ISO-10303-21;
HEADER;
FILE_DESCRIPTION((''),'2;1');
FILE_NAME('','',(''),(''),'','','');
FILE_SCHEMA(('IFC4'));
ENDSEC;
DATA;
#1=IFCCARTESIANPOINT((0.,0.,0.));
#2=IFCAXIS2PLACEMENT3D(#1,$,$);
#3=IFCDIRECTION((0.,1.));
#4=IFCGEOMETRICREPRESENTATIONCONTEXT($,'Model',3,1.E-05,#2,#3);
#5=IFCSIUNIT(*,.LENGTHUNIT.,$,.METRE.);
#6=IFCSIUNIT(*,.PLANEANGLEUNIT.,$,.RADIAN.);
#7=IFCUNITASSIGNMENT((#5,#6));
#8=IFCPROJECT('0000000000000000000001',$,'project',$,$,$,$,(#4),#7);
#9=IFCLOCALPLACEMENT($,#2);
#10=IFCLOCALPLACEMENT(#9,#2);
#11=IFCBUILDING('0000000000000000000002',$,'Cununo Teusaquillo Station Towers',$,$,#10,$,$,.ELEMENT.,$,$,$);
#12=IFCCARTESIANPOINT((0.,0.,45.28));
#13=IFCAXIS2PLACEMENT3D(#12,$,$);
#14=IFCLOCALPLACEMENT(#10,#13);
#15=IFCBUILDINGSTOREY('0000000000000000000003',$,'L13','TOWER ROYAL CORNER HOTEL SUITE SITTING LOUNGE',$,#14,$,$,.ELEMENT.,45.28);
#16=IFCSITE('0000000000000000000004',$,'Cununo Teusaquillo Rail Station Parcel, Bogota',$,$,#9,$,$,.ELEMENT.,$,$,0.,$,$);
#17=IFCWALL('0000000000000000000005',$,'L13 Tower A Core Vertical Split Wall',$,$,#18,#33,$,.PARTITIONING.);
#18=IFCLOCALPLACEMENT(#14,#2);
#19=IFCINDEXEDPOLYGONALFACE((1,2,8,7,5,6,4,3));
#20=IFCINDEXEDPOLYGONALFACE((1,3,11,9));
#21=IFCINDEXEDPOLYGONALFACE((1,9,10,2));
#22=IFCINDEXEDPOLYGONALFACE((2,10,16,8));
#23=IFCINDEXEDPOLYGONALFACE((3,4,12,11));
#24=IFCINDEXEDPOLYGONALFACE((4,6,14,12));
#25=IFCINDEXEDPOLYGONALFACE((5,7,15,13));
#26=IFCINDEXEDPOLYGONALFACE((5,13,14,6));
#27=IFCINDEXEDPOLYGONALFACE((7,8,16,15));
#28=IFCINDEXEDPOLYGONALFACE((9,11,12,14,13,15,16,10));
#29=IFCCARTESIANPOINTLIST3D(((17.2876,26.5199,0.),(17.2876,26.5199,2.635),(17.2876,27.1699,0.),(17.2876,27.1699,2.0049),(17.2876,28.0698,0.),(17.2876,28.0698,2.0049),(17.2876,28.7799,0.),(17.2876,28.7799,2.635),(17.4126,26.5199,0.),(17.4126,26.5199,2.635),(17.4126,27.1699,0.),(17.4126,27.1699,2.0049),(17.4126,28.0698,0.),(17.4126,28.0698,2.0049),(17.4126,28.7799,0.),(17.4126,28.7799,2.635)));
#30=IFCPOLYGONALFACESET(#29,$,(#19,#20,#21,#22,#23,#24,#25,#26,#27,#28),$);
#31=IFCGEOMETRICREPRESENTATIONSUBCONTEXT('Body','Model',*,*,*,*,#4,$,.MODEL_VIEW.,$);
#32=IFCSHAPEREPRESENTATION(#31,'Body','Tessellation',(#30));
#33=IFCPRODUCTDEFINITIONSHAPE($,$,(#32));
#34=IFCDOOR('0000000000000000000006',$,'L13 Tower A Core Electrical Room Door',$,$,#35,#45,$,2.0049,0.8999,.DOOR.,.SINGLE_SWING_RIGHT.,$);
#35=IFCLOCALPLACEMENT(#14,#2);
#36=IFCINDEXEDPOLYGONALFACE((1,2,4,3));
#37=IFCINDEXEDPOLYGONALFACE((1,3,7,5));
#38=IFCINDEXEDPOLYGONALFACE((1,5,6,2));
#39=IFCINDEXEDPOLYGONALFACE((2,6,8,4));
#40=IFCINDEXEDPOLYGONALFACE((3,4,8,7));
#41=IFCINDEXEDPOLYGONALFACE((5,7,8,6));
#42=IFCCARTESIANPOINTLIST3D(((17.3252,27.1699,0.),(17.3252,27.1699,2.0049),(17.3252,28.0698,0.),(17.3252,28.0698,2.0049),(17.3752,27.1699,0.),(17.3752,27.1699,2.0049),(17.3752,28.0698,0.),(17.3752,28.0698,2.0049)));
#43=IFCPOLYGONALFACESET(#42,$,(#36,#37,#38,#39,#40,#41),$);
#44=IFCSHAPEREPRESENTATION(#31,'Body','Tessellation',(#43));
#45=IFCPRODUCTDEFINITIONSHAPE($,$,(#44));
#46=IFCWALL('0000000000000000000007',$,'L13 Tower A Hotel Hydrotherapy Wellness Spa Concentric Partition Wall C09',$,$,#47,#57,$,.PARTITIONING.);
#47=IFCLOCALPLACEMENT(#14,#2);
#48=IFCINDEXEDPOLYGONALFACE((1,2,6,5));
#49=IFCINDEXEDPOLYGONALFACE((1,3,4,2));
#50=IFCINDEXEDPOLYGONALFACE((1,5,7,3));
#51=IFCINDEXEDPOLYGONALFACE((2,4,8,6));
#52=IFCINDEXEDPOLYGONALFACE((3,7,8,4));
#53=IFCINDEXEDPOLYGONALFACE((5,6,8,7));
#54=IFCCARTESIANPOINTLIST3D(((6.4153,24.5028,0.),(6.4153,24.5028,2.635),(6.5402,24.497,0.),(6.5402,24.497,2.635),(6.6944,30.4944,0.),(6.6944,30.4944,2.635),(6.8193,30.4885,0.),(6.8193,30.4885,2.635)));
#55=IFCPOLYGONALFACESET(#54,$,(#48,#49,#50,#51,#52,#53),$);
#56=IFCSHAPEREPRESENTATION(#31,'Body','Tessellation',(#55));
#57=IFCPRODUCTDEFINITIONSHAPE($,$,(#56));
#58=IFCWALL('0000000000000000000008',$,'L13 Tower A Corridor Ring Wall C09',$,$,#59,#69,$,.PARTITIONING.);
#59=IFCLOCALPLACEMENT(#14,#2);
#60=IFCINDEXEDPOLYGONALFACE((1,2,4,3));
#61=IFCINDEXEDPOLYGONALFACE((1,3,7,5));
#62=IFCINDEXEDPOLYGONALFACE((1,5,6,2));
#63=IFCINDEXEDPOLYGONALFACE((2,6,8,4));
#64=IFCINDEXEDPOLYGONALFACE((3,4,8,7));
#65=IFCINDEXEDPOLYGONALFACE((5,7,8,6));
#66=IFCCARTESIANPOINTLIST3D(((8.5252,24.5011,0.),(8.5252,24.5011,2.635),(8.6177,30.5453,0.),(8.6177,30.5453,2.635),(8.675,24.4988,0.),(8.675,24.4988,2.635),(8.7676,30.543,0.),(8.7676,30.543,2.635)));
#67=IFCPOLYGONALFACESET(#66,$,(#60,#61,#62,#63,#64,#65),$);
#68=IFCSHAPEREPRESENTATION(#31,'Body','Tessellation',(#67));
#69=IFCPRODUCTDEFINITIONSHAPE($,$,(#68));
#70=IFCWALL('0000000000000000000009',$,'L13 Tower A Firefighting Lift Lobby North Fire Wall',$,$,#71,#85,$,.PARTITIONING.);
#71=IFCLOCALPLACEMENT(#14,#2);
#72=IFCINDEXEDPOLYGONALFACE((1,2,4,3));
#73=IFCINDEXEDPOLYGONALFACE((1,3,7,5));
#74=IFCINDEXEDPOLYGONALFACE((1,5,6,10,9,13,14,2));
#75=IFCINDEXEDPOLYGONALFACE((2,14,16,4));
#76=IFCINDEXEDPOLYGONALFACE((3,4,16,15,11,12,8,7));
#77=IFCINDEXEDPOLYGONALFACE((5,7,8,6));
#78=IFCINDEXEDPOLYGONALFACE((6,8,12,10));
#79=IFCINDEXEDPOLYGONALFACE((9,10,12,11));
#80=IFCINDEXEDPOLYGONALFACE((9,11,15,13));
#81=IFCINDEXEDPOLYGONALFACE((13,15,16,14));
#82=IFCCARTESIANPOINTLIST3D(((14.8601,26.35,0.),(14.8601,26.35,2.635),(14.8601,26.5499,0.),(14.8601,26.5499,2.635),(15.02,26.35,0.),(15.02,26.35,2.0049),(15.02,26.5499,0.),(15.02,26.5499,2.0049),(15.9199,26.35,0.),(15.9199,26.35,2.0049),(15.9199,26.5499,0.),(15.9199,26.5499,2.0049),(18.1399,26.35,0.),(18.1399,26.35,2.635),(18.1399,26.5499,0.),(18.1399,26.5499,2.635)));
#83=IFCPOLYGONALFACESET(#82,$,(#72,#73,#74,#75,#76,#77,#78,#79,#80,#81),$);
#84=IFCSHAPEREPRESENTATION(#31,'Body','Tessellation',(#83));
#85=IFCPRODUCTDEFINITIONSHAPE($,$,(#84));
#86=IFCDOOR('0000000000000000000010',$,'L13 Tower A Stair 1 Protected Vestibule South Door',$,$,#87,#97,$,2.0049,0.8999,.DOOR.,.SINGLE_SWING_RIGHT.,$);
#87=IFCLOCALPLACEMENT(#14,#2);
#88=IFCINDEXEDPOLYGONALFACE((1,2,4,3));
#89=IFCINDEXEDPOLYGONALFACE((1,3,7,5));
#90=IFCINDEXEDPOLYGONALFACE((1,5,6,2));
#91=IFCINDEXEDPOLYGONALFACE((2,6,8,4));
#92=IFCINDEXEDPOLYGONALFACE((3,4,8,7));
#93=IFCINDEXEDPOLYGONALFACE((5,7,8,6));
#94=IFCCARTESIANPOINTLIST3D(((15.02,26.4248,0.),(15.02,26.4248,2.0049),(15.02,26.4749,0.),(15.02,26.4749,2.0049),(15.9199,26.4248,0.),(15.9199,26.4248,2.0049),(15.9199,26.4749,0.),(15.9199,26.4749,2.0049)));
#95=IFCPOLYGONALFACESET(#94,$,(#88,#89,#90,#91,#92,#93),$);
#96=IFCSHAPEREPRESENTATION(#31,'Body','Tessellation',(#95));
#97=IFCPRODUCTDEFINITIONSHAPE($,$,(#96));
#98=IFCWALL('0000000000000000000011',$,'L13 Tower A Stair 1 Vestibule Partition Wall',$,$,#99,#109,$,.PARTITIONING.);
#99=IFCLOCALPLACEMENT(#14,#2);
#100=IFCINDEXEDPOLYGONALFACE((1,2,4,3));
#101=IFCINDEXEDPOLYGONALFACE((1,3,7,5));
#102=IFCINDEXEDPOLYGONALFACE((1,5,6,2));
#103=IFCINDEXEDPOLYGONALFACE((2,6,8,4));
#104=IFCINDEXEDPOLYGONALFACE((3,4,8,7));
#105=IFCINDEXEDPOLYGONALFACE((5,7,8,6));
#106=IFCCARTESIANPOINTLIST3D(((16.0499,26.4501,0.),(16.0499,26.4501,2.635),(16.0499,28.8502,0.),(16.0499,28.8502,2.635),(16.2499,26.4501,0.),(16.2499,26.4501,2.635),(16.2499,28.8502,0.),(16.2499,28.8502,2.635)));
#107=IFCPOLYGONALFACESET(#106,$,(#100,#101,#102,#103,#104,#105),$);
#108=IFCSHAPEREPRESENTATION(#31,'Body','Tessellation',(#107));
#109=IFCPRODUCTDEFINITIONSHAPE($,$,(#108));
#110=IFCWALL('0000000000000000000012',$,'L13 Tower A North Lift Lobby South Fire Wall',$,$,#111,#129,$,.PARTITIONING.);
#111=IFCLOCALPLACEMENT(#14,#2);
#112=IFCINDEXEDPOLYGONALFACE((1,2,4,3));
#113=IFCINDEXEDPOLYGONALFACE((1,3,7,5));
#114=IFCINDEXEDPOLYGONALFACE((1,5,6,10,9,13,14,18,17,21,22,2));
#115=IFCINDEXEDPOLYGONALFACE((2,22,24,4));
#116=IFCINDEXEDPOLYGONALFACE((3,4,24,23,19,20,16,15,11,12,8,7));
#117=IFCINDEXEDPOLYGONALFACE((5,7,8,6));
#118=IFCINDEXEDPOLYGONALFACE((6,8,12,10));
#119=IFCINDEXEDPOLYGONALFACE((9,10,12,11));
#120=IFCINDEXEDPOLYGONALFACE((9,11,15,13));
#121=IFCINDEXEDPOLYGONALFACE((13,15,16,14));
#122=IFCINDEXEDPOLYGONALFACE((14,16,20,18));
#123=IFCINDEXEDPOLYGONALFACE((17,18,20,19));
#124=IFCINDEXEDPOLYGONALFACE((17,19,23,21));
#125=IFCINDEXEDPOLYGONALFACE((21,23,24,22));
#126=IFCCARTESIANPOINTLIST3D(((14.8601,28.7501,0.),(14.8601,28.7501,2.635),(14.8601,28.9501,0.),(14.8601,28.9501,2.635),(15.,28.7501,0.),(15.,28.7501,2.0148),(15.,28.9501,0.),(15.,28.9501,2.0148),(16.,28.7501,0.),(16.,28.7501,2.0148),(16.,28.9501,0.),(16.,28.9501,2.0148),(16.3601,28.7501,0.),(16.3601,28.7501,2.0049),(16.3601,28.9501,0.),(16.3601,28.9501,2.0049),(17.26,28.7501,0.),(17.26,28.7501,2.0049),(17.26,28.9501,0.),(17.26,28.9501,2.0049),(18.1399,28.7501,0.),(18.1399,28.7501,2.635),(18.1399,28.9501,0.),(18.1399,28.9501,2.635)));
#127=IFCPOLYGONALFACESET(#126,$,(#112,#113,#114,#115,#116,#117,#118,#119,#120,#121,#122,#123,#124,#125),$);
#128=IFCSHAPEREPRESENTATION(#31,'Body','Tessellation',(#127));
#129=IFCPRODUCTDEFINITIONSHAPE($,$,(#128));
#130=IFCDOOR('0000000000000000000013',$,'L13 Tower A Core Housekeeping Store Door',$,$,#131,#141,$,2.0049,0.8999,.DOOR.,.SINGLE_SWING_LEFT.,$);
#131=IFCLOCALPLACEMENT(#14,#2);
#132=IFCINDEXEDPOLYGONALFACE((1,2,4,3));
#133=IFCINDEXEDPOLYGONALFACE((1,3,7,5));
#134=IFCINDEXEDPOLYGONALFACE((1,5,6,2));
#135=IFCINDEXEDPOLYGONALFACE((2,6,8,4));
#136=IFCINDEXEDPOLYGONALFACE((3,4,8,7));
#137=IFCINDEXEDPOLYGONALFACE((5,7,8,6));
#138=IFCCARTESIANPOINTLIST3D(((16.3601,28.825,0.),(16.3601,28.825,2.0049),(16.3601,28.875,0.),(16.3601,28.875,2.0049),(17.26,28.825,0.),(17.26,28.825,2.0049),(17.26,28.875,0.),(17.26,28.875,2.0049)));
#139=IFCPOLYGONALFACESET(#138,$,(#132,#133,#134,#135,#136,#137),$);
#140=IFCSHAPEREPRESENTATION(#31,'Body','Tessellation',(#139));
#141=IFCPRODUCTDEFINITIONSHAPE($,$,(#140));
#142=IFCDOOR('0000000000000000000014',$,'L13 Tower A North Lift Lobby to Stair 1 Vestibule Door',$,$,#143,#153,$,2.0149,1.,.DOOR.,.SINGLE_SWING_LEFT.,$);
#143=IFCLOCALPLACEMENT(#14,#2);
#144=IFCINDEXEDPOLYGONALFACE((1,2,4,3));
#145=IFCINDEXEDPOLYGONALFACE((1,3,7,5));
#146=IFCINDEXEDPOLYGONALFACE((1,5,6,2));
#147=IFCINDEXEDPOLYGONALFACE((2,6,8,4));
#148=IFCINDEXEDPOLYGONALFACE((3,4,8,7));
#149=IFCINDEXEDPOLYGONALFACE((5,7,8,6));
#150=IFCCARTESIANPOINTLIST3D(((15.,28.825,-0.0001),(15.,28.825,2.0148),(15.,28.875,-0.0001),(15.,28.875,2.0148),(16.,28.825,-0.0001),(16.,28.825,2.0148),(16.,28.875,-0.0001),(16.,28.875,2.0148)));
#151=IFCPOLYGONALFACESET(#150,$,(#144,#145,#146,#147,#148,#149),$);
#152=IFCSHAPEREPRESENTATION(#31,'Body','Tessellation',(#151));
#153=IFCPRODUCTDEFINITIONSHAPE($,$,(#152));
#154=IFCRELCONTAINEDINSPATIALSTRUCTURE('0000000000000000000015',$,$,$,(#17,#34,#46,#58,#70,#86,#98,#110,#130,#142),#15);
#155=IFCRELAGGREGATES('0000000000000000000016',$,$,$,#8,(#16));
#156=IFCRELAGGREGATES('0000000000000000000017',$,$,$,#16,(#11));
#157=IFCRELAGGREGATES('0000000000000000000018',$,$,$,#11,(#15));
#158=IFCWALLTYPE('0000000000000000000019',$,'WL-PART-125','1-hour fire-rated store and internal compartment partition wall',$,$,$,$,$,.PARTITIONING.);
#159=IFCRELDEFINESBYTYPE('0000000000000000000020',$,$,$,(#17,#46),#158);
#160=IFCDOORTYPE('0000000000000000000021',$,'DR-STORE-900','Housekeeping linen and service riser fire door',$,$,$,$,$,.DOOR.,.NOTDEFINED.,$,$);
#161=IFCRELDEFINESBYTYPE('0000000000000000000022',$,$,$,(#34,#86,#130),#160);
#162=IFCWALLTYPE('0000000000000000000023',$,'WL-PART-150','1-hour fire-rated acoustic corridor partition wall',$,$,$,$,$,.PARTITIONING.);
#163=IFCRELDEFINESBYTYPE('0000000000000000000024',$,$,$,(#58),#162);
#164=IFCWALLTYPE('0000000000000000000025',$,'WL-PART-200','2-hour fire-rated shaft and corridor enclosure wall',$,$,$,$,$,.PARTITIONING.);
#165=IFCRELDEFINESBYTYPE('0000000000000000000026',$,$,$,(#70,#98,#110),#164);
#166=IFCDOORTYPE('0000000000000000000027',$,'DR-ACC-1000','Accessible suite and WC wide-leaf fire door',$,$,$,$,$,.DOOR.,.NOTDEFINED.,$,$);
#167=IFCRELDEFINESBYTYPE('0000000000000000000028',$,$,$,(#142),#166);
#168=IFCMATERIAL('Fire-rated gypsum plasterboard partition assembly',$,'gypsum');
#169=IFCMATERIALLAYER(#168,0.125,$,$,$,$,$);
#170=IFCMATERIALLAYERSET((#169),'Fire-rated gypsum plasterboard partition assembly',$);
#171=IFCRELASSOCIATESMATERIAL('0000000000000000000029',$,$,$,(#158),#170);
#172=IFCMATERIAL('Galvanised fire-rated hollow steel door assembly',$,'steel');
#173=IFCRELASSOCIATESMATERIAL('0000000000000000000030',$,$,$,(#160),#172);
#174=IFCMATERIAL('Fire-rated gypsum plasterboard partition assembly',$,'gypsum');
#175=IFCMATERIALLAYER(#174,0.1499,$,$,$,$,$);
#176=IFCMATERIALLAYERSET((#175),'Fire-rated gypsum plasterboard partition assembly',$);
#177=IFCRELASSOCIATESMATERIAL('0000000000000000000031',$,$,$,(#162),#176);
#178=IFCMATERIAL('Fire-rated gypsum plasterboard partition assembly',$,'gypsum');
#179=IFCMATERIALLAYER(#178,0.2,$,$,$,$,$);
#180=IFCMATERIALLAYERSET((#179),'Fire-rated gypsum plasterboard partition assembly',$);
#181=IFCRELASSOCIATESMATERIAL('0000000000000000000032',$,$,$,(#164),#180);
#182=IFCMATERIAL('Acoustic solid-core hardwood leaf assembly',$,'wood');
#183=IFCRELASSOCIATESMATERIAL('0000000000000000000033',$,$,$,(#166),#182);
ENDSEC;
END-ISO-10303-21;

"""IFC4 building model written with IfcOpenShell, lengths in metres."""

from ifc_helpers import new_model, si_unit, direction, frame, frame_2d, origin, place, context, subcontext, project, spatial, rectangle, extrude, source, transform, mapped, material, layer, layer_set, type_object, element, fill, save


model = new_model("IFC4")

# Units and contexts
model_context = context("Model", 3, precision=1e-05, world=origin(), true_north=direction((0.0, 1.0)))
body_context = subcontext(model_context, "Body", "Model", "MODEL_VIEW")
ifc_project = project(units=[si_unit("LENGTHUNIT", "METRE"), si_unit("PLANEANGLEUNIT", "RADIAN")], contexts=[model_context])

# Site, building, storey
site_placement = place(None, origin())
site = spatial("IfcSite", under=ifc_project, at=site_placement, Name="Cununo Teusaquillo Rail Station Parcel, Bogota", CompositionType="ELEMENT", RefElevation=0.0)
building_placement = place(site_placement, origin())
building = spatial("IfcBuilding", under=site, at=building_placement, Name="Cununo Teusaquillo Station Towers", CompositionType="ELEMENT")
storey_placement = place(building_placement, frame((0.0, 0.0, 45.28)))
storey = spatial("IfcBuildingStorey", under=building, at=storey_placement, Name="L13", Description="TOWER ROYAL CORNER HOTEL SUITE SITTING LOUNGE", CompositionType="ELEMENT", Elevation=45.28)

# Wall, opening, door
ifc_material_1 = material(Name="Fire-rated gypsum plasterboard partition assembly", Category="gypsum")
ifc_layer_1 = layer(ifc_material_1, 0.125)
ifc_layer_set_1 = layer_set([ifc_layer_1], Name="Fire-rated gypsum plasterboard partition assembly")
wall_type_1 = type_object("IfcWallType", Name="WL-PART-125", Description="1-hour fire-rated store and internal compartment partition wall", PredefinedType="PARTITIONING", material=ifc_layer_set_1)
wall_1_placement = place(storey_placement, frame((17.3501, 26.52, 0.0), z_axis=(0.0, 0.0, 1.0), x_axis=(0.0, 1.0, 0.0)))
wall_1 = element("IfcWall", 1, at=wall_1_placement, inside=storey, type_object=wall_type_1, Name="L13 Tower A Core Vertical Split Wall", PredefinedType="PARTITIONING", context=body_context, shape_type="SweptSolid", body=[
    extrude(rectangle(XDim=2.26, YDim=0.125, at=frame_2d((1.1299, 0.0))), origin(), (0.0, 0.0, 1.0), 2.635),
])
shared_shape_1 = source(origin(), body_context, "Body", "SweptSolid", [
    extrude(rectangle(XDim=0.8999, YDim=2.0049, at=frame_2d((0.45, 1.0024))), frame((0.0, 0.0725, 0.0), z_axis=(0.0, -1.0, 0.0), x_axis=(1.0, 0.0, 0.0)), (0.0, 0.0, 1.0), 0.145),
])
opening_1_placement = place(wall_1_placement, frame((0.6499, 0.0, 0.0)))
opening_1 = element("IfcOpeningElement", 2, at=opening_1_placement, cuts=wall_1, PredefinedType="OPENING", context=body_context, shape_type="MappedRepresentation", body=[
    mapped(shared_shape_1, transform((0.0, 0.0, 0.0), x_axis=(1.0, 0.0, 0.0), y_axis=(0.0, 1.0, 0.0), z_axis=(0.0, 0.0, 1.0), scale=1.0)),
])
ifc_material_2 = material(Name="Galvanised fire-rated hollow steel door assembly", Category="steel")
door_type_1 = type_object("IfcDoorType", Name="DR-STORE-900", Description="Housekeeping linen and service riser fire door", OperationType="NOTDEFINED", PredefinedType="DOOR", material=ifc_material_2)
shared_shape_2 = source(origin(), body_context, "Body", "SweptSolid", [
    extrude(rectangle(XDim=0.8999, YDim=2.0049, at=frame_2d((0.45, 1.0024))), frame((0.0, 0.0249, 0.0), z_axis=(0.0, -1.0, 0.0), x_axis=(1.0, 0.0, 0.0)), (0.0, 0.0, 1.0), 0.05),
])
door_1_placement = place(opening_1_placement, origin())
door_1 = element("IfcDoor", 3, at=door_1_placement, inside=storey, type_object=door_type_1, Name="L13 Tower A Core Electrical Room Door", OperationType="SINGLE_SWING_RIGHT", OverallHeight=2.0049, OverallWidth=0.8999, PredefinedType="DOOR", context=body_context, shape_type="MappedRepresentation", body=[
    mapped(shared_shape_2, transform((0.0, 0.0, 0.0), x_axis=(1.0, 0.0, 0.0), y_axis=(0.0, 1.0, 0.0), z_axis=(0.0, 0.0, 1.0), scale=1.0)),
])
fill(opening_1, door_1)

# Walls
wall_2_placement = place(storey_placement, frame((6.7568, 30.4915, 0.0), z_axis=(0.0, 0.0, 1.0), x_axis=(-0.046525, -0.998917, 0.0)))
element("IfcWall", 4, at=wall_2_placement, inside=storey, type_object=wall_type_1, Name="L13 Tower A Hotel Hydrotherapy Wellness Spa Concentric Partition Wall C09", PredefinedType="PARTITIONING", context=body_context, shape_type="SweptSolid", body=[
    extrude(rectangle(XDim=5.998, YDim=0.125, at=frame_2d((2.999, 0.0))), origin(), (0.0, 0.0, 1.0), 2.635),
])
ifc_material_3 = material(Name="Fire-rated gypsum plasterboard partition assembly", Category="gypsum")
ifc_layer_2 = layer(ifc_material_3, 0.1499)
ifc_layer_set_2 = layer_set([ifc_layer_2], Name="Fire-rated gypsum plasterboard partition assembly")
wall_type_2 = type_object("IfcWallType", Name="WL-PART-150", Description="1-hour fire-rated acoustic corridor partition wall", PredefinedType="PARTITIONING", material=ifc_layer_set_2)
wall_3_placement = place(storey_placement, frame((8.6926, 30.5442, 0.0), z_axis=(0.0, 0.0, 1.0), x_axis=(-0.015307, -0.999883, 0.0)))
element("IfcWall", 5, at=wall_3_placement, inside=storey, type_object=wall_type_2, Name="L13 Tower A Corridor Ring Wall C09", PredefinedType="PARTITIONING", context=body_context, shape_type="SweptSolid", body=[
    extrude(rectangle(XDim=6.0449, YDim=0.1499, at=frame_2d((3.0225, 0.0))), origin(), (0.0, 0.0, 1.0), 2.635),
])

# Wall, opening, door
ifc_material_4 = material(Name="Fire-rated gypsum plasterboard partition assembly", Category="gypsum")
ifc_layer_3 = layer(ifc_material_4, 0.2)
ifc_layer_set_3 = layer_set([ifc_layer_3], Name="Fire-rated gypsum plasterboard partition assembly")
wall_type_3 = type_object("IfcWallType", Name="WL-PART-200", Description="2-hour fire-rated shaft and corridor enclosure wall", PredefinedType="PARTITIONING", material=ifc_layer_set_3)
wall_4_placement = place(storey_placement, frame((14.8601, 26.45, 0.0), z_axis=(0.0, 0.0, 1.0), x_axis=(1.0, 0.0, 0.0)))
wall_4 = element("IfcWall", 6, at=wall_4_placement, inside=storey, type_object=wall_type_3, Name="L13 Tower A Firefighting Lift Lobby North Fire Wall", PredefinedType="PARTITIONING", context=body_context, shape_type="SweptSolid", body=[
    extrude(rectangle(XDim=3.2798, YDim=0.2, at=frame_2d((1.6399, 0.0))), origin(), (0.0, 0.0, 1.0), 2.635),
])
shared_shape_3 = source(origin(), body_context, "Body", "SweptSolid", [
    extrude(rectangle(XDim=0.8999, YDim=2.0049, at=frame_2d((0.45, 1.0024))), frame((0.0, 0.1099, 0.0), z_axis=(0.0, -1.0, 0.0), x_axis=(1.0, 0.0, 0.0)), (0.0, 0.0, 1.0), 0.22),
])
opening_2_placement = place(wall_4_placement, frame((0.1599, 0.0, 0.0)))
opening_2 = element("IfcOpeningElement", 7, at=opening_2_placement, cuts=wall_4, PredefinedType="OPENING", context=body_context, shape_type="MappedRepresentation", body=[
    mapped(shared_shape_3, transform((0.0, 0.0, 0.0), x_axis=(1.0, 0.0, 0.0), y_axis=(0.0, 1.0, 0.0), z_axis=(0.0, 0.0, 1.0), scale=1.0)),
])
door_2_placement = place(opening_2_placement, origin())
door_2 = element("IfcDoor", 8, at=door_2_placement, inside=storey, type_object=door_type_1, Name="L13 Tower A Stair 1 Protected Vestibule South Door", OperationType="SINGLE_SWING_RIGHT", OverallHeight=2.0049, OverallWidth=0.8999, PredefinedType="DOOR", context=body_context, shape_type="MappedRepresentation", body=[
    mapped(shared_shape_2, transform((0.0, 0.0, 0.0), x_axis=(1.0, 0.0, 0.0), y_axis=(0.0, 1.0, 0.0), z_axis=(0.0, 0.0, 1.0), scale=1.0)),
])
fill(opening_2, door_2)

# Wall
wall_5_placement = place(storey_placement, frame((16.1499, 26.45, 0.0), z_axis=(0.0, 0.0, 1.0), x_axis=(0.0, 1.0, 0.0)))
element("IfcWall", 9, at=wall_5_placement, inside=storey, type_object=wall_type_3, Name="L13 Tower A Stair 1 Vestibule Partition Wall", PredefinedType="PARTITIONING", context=body_context, shape_type="SweptSolid", body=[
    extrude(rectangle(XDim=2.4001, YDim=0.2, at=frame_2d((1.2002, 0.0))), origin(), (0.0, 0.0, 1.0), 2.635),
])

# Wall, openings, doors
wall_6_placement = place(storey_placement, frame((14.8601, 28.8501, 0.0), z_axis=(0.0, 0.0, 1.0), x_axis=(1.0, 0.0, 0.0)))
wall_6 = element("IfcWall", 10, at=wall_6_placement, inside=storey, type_object=wall_type_3, Name="L13 Tower A North Lift Lobby South Fire Wall", PredefinedType="PARTITIONING", context=body_context, shape_type="SweptSolid", body=[
    extrude(rectangle(XDim=3.2798, YDim=0.2, at=frame_2d((1.6399, 0.0))), origin(), (0.0, 0.0, 1.0), 2.635),
])
shared_shape_4 = source(origin(), body_context, "Body", "SweptSolid", [
    extrude(rectangle(XDim=1.0, YDim=2.0149, at=frame_2d((0.5, 1.0073))), frame((0.0, 0.1099, 0.0), z_axis=(0.0, -1.0, 0.0), x_axis=(1.0, 0.0, 0.0)), (0.0, 0.0, 1.0), 0.22),
])
opening_3_placement = place(wall_6_placement, frame((0.1399, 0.0, 0.0)))
opening_3 = element("IfcOpeningElement", 11, at=opening_3_placement, cuts=wall_6, PredefinedType="OPENING", context=body_context, shape_type="MappedRepresentation", body=[
    mapped(shared_shape_4, transform((0.0, 0.0, 0.0), x_axis=(1.0, 0.0, 0.0), y_axis=(0.0, 1.0, 0.0), z_axis=(0.0, 0.0, 1.0), scale=1.0)),
])
opening_4_placement = place(wall_6_placement, frame((1.5, 0.0, 0.0)))
opening_4 = element("IfcOpeningElement", 12, at=opening_4_placement, cuts=wall_6, PredefinedType="OPENING", context=body_context, shape_type="MappedRepresentation", body=[
    mapped(shared_shape_3, transform((0.0, 0.0, 0.0), x_axis=(1.0, 0.0, 0.0), y_axis=(0.0, 1.0, 0.0), z_axis=(0.0, 0.0, 1.0), scale=1.0)),
])
door_3_placement = place(opening_4_placement, origin())
door_3 = element("IfcDoor", 13, at=door_3_placement, inside=storey, type_object=door_type_1, Name="L13 Tower A Core Housekeeping Store Door", OperationType="SINGLE_SWING_LEFT", OverallHeight=2.0049, OverallWidth=0.8999, PredefinedType="DOOR", context=body_context, shape_type="MappedRepresentation", body=[
    mapped(shared_shape_2, transform((0.0, 0.0, 0.0), x_axis=(1.0, 0.0, 0.0), y_axis=(0.0, 1.0, 0.0), z_axis=(0.0, 0.0, 1.0), scale=1.0)),
])
fill(opening_4, door_3)
ifc_material_5 = material(Name="Acoustic solid-core hardwood leaf assembly", Category="wood")
door_type_2 = type_object("IfcDoorType", Name="DR-ACC-1000", Description="Accessible suite and WC wide-leaf fire door", OperationType="NOTDEFINED", PredefinedType="DOOR", material=ifc_material_5)
shared_shape_5 = source(origin(), body_context, "Body", "SweptSolid", [
    extrude(rectangle(XDim=1.0, YDim=2.0149, at=frame_2d((0.5, 1.0073))), frame((0.0, 0.0249, 0.0), z_axis=(0.0, -1.0, 0.0), x_axis=(1.0, 0.0, 0.0)), (0.0, 0.0, 1.0), 0.05),
])
door_4_placement = place(opening_3_placement, origin())
door_4 = element("IfcDoor", 14, at=door_4_placement, inside=storey, type_object=door_type_2, Name="L13 Tower A North Lift Lobby to Stair 1 Vestibule Door", OperationType="SINGLE_SWING_LEFT", OverallHeight=2.0149, OverallWidth=1.0, PredefinedType="DOOR", context=body_context, shape_type="MappedRepresentation", body=[
    mapped(shared_shape_5, transform((0.0, 0.0, 0.0), x_axis=(1.0, 0.0, 0.0), y_axis=(0.0, 1.0, 0.0), z_axis=(0.0, 0.0, 1.0), scale=1.0)),
])
fill(opening_3, door_4)

save(model, "model.ifc")
